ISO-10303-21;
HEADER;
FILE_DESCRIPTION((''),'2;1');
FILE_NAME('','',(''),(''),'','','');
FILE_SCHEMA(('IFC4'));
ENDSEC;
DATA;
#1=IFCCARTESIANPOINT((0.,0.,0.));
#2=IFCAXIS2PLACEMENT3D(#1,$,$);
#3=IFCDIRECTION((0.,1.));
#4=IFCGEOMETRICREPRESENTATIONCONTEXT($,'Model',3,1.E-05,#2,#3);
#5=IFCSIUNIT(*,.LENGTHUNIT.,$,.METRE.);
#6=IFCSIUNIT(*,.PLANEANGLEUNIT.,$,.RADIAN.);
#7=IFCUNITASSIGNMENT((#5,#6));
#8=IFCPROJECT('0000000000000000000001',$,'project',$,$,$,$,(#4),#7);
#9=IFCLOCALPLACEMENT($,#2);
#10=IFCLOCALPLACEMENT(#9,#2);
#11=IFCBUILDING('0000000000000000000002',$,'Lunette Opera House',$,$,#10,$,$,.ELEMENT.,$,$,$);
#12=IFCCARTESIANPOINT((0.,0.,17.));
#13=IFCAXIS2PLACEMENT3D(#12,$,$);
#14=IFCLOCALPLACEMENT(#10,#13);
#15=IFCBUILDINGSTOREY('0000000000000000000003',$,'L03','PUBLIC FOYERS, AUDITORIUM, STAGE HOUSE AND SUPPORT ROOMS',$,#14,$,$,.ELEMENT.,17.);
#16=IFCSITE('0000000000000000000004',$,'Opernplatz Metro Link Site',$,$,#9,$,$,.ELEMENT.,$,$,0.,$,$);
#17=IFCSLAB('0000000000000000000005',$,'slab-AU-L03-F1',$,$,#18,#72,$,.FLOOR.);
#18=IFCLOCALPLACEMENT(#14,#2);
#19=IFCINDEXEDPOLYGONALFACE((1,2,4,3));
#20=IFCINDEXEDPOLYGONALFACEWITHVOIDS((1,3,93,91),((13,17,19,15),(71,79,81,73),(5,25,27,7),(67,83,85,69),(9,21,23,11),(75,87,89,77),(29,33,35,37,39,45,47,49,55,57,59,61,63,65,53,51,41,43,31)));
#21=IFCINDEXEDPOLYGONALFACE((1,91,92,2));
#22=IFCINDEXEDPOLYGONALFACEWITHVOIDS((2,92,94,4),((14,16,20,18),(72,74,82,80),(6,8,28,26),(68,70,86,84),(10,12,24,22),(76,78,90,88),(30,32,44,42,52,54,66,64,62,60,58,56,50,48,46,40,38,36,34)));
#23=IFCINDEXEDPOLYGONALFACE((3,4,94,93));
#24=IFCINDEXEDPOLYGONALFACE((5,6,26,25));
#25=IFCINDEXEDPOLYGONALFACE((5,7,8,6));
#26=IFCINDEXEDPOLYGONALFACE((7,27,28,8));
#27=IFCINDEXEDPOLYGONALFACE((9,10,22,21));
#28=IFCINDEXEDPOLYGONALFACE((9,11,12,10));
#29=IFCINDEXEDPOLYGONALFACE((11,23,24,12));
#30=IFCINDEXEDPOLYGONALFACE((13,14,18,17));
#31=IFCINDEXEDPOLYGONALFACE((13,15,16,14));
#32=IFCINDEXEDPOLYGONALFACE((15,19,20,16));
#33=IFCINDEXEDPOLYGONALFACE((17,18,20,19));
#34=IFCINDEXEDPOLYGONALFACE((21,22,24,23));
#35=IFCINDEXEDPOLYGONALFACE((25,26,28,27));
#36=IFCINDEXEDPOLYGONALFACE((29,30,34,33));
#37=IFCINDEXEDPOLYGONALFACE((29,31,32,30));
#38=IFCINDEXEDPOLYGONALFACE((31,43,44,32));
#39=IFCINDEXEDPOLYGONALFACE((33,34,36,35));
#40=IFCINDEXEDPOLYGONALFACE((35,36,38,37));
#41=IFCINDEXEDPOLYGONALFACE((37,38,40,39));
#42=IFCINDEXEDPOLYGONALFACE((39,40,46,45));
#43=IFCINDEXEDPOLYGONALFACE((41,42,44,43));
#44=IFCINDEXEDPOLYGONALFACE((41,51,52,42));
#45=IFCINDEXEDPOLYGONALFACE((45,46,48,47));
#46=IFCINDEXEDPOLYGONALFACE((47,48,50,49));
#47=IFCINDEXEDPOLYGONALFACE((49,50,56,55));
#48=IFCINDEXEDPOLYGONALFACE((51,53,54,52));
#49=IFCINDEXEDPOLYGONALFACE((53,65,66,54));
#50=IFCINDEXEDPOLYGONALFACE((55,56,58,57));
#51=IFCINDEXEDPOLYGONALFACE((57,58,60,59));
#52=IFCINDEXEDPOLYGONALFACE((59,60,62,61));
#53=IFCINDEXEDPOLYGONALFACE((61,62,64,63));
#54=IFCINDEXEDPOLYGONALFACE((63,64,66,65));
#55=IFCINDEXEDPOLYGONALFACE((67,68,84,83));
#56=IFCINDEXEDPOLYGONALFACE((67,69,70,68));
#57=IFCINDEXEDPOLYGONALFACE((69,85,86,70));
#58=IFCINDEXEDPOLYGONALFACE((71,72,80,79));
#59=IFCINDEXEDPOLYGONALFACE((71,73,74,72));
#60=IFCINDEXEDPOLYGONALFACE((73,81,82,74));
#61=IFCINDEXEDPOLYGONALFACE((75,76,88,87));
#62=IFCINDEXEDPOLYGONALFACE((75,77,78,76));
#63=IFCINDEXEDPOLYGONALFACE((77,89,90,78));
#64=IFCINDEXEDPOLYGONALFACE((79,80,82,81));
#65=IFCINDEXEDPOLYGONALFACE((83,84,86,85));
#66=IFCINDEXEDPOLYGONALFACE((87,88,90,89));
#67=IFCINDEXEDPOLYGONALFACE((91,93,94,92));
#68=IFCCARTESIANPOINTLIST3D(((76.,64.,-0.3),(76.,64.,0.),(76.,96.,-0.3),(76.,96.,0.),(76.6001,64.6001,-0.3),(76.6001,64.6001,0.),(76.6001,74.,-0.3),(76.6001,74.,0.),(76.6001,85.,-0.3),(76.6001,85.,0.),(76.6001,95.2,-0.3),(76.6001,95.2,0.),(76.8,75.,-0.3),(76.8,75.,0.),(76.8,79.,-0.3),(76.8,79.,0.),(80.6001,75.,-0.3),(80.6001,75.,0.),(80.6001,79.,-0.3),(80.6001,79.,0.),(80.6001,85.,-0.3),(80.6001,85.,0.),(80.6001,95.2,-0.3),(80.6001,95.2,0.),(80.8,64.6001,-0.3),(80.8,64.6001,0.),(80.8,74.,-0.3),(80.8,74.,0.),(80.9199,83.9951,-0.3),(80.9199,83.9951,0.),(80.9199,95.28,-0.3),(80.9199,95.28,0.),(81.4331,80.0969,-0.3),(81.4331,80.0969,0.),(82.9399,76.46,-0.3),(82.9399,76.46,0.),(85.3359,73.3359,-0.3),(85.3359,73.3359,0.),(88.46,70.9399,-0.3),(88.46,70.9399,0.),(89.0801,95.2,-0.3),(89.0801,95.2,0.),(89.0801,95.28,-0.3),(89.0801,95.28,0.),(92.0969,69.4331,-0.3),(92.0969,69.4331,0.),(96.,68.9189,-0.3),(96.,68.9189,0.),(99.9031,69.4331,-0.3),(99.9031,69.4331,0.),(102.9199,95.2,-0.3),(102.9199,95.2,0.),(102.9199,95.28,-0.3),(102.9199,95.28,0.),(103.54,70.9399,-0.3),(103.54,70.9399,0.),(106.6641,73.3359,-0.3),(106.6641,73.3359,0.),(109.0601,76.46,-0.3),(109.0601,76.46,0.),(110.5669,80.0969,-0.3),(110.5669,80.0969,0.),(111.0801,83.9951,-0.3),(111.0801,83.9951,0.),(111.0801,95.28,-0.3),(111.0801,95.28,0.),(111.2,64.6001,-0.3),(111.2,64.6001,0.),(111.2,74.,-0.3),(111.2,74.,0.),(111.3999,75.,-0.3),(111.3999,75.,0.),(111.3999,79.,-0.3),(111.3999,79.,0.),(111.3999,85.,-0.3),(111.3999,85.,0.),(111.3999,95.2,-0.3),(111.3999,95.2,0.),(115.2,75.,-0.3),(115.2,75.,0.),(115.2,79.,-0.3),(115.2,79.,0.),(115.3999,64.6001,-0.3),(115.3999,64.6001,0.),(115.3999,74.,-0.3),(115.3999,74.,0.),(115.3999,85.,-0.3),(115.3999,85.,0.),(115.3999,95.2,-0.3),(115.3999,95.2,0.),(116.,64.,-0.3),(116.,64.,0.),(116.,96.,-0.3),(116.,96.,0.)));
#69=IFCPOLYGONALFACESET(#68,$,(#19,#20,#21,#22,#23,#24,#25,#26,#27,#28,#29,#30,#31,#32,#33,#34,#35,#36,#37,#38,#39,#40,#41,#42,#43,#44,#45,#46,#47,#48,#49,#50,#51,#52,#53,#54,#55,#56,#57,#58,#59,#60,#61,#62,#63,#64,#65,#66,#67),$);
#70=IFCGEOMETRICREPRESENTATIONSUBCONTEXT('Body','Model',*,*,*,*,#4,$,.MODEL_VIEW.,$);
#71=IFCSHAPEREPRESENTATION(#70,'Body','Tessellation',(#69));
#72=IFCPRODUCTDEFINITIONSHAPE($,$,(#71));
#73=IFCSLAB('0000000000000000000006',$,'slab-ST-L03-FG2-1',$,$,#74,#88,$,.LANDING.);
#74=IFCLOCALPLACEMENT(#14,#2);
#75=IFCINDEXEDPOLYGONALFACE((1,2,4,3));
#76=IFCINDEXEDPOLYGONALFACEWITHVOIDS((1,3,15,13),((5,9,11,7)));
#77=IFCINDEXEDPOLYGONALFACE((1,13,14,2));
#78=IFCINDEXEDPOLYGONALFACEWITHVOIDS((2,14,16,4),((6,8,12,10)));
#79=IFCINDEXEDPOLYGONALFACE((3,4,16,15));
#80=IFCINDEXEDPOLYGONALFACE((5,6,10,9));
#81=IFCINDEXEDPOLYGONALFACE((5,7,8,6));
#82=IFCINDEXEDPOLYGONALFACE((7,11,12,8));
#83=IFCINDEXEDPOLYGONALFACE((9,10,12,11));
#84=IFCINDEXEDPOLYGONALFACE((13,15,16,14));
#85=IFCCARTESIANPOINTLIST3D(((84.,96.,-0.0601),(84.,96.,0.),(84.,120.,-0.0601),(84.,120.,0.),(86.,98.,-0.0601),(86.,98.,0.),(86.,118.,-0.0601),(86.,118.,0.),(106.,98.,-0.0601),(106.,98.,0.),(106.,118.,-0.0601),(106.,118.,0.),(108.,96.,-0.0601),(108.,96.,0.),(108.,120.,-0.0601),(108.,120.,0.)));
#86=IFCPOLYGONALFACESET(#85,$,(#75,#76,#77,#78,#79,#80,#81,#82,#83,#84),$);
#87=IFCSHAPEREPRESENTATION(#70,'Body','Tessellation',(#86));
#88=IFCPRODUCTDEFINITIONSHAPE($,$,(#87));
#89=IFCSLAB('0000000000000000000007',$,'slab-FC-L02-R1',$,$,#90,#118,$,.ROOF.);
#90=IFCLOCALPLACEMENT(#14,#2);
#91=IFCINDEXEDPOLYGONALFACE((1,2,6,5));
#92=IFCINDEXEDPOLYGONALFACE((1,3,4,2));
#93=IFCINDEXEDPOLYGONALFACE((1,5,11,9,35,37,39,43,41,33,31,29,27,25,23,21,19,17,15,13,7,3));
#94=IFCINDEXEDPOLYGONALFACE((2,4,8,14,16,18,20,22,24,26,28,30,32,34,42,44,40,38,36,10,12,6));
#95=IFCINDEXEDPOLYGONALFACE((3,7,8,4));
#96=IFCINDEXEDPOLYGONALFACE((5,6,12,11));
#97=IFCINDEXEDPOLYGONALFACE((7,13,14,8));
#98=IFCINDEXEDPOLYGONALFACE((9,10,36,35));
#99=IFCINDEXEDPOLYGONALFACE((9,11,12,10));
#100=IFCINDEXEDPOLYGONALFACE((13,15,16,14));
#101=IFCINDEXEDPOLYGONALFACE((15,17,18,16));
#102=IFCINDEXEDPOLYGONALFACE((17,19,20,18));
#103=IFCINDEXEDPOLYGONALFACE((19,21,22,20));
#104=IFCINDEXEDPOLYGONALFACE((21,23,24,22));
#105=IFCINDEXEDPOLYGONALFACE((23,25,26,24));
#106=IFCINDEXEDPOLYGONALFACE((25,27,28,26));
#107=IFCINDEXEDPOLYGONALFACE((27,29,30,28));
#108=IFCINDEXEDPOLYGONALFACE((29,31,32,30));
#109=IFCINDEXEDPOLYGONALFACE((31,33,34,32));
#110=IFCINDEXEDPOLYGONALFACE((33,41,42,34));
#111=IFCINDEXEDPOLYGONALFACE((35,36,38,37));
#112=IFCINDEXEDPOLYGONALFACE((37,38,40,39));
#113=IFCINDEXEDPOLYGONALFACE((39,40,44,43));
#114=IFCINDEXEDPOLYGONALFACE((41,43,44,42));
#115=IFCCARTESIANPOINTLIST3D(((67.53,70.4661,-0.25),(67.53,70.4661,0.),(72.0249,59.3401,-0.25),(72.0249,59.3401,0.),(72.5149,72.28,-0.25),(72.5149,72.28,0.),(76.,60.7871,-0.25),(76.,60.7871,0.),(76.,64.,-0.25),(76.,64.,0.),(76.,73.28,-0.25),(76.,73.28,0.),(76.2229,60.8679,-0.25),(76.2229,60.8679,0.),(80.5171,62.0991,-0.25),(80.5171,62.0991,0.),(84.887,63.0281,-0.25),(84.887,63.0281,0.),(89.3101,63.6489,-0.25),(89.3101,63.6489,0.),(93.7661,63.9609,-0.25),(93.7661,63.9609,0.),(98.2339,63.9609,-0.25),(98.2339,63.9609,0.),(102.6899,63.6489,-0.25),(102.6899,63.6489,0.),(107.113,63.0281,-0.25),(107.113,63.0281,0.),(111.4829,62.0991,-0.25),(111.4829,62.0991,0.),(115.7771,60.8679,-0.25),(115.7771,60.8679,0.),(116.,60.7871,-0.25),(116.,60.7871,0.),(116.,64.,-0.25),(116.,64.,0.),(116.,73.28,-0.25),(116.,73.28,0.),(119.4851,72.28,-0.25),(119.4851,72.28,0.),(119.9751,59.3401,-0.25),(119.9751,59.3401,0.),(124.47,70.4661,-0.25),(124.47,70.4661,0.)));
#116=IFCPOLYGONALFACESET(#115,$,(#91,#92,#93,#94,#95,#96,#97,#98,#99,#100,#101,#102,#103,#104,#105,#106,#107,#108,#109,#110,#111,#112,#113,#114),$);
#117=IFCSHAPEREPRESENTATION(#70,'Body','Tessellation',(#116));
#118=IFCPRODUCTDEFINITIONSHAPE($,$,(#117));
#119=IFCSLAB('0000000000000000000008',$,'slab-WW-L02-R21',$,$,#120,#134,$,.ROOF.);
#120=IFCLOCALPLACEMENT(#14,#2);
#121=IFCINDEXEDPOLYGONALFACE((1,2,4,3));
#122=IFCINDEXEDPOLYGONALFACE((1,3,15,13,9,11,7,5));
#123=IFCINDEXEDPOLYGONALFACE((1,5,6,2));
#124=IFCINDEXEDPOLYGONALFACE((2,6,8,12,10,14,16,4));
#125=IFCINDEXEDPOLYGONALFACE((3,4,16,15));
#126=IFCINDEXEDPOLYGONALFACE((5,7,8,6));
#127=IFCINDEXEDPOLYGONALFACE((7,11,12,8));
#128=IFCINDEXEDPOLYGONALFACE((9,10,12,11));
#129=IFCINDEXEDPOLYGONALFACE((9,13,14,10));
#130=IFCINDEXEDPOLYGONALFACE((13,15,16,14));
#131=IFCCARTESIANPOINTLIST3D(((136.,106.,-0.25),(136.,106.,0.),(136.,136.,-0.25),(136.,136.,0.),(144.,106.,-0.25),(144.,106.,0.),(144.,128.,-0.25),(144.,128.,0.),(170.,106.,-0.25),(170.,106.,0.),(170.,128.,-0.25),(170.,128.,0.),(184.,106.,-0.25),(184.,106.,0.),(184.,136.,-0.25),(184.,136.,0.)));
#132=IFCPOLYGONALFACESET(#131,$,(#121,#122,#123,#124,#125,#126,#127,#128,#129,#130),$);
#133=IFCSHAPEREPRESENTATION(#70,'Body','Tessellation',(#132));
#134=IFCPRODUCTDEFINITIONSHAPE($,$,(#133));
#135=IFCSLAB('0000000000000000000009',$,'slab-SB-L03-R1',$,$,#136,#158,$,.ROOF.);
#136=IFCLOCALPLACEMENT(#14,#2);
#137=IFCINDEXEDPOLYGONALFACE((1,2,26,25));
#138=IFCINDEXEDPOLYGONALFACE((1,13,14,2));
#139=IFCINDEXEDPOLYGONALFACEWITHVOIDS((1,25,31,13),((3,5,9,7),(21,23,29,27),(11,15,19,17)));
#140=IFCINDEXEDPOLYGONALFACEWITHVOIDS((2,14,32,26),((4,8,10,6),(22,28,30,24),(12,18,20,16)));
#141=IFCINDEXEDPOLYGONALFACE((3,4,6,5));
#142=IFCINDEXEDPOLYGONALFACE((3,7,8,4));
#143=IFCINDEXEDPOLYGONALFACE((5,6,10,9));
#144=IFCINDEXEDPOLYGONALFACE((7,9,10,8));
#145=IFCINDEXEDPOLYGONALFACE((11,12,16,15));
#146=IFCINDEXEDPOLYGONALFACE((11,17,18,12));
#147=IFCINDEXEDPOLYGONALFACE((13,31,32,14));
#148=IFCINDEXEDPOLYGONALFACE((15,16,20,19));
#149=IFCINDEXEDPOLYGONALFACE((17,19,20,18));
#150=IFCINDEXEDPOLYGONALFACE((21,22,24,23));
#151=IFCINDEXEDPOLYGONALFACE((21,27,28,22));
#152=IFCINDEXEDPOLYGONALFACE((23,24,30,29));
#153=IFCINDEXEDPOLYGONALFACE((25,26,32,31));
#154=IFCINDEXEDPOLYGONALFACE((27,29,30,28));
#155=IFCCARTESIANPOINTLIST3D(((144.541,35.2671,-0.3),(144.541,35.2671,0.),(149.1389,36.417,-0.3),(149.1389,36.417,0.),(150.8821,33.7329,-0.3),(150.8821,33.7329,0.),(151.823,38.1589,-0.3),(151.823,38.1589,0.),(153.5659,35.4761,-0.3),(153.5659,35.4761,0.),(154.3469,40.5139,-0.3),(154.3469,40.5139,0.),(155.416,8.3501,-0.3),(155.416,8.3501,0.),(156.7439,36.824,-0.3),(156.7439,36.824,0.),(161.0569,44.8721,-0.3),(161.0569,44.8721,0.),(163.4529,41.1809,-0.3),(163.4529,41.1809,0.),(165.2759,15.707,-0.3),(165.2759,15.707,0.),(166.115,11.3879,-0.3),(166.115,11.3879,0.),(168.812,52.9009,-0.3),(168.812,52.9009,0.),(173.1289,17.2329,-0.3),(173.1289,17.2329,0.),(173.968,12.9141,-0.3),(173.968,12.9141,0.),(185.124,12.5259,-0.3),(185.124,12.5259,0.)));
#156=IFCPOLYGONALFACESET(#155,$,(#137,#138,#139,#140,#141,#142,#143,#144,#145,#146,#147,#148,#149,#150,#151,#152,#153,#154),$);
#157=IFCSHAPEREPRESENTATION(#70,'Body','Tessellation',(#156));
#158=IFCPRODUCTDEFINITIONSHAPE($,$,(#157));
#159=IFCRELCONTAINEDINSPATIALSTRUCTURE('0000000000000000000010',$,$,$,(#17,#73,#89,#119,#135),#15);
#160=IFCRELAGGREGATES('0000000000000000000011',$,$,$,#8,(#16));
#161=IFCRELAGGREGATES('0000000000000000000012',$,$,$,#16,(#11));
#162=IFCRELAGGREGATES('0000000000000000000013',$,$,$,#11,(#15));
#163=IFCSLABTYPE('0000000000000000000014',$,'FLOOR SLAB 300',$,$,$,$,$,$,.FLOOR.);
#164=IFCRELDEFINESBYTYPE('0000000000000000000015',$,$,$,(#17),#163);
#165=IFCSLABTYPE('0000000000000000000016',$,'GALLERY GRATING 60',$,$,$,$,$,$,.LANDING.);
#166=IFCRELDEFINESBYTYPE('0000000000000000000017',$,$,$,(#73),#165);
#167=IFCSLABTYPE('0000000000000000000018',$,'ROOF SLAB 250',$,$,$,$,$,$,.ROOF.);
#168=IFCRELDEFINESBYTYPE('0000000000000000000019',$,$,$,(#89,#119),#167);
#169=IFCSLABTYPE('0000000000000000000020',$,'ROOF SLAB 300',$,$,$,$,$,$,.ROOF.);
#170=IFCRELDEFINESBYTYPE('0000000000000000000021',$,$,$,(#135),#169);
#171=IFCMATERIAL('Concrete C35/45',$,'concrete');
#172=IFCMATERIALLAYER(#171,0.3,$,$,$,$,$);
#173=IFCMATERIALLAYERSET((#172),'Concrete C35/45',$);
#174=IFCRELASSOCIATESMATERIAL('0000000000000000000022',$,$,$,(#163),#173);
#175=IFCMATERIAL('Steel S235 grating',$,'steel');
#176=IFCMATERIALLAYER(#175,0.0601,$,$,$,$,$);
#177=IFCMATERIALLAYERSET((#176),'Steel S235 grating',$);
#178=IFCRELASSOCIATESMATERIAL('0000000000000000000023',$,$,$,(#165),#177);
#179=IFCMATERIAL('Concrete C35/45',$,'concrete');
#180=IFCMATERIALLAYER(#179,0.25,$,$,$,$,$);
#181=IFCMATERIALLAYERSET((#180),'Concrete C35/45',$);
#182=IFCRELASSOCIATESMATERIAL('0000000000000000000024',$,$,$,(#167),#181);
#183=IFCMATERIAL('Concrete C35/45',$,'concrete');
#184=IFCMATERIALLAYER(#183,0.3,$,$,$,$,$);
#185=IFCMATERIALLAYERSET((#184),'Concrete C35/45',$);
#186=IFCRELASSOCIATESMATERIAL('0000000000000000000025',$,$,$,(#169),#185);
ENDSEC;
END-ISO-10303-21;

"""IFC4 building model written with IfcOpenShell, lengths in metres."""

from ifc_helpers import new_model, si_unit, direction, frame, origin, place, context, subcontext, project, spatial, polyline, outline, extrude, material, layer, layer_set, type_object, element, save


model = new_model("IFC4")

# Units and contexts
model_context = context("Model", 3, precision=1e-05, world=origin(), true_north=direction((0.0, 1.0)))
body_context = subcontext(model_context, "Body", "Model", "MODEL_VIEW")
ifc_project = project(units=[si_unit("LENGTHUNIT", "METRE"), si_unit("PLANEANGLEUNIT", "RADIAN")], contexts=[model_context])

# Site, building, storey
site_placement = place(None, origin())
site = spatial("IfcSite", under=ifc_project, at=site_placement, Name="Opernplatz Metro Link Site", CompositionType="ELEMENT", RefElevation=0.0)
building_placement = place(site_placement, origin())
building = spatial("IfcBuilding", under=site, at=building_placement, Name="Lunette Opera House", CompositionType="ELEMENT")
storey_placement = place(building_placement, frame((0.0, 0.0, 17.0)))
storey = spatial("IfcBuildingStorey", under=building, at=storey_placement, Name="L03", Description="PUBLIC FOYERS, AUDITORIUM, STAGE HOUSE AND SUPPORT ROOMS", CompositionType="ELEMENT", Elevation=17.0)

# Slabs
ifc_material_1 = material(Name="Concrete C35/45", Category="concrete")
ifc_layer_1 = layer(ifc_material_1, 0.3)
ifc_layer_set_1 = layer_set([ifc_layer_1], Name="Concrete C35/45")
slab_type_1 = type_object("IfcSlabType", Name="FLOOR SLAB 300", PredefinedType="FLOOR", material=ifc_layer_set_1)
slab_1_placement = place(storey_placement, frame((0.0, 0.0, -0.3)))
element("IfcSlab", 1, at=slab_1_placement, inside=storey, type_object=slab_type_1, Name="slab-AU-L03-F1", PredefinedType="FLOOR", context=body_context, shape_type="SweptSolid", body=[
    extrude(outline(polyline([(116.0, 96.0), (76.0, 96.0), (76.0, 64.0), (116.0, 64.0), (116.0, 96.0)]), holes=[polyline([(89.0801, 95.2), (102.9199, 95.2), (102.9199, 95.28), (111.0801, 95.28), (111.0801, 83.9951), (110.5669, 80.0969), (109.0601, 76.46), (106.6641, 73.3359), (103.54, 70.9399), (99.9031, 69.4331), (96.0, 68.9189), (92.0969, 69.4331), (88.46, 70.9399), (85.3359, 73.3359), (82.9399, 76.46), (81.4331, 80.0969), (80.9199, 83.9951), (80.9199, 95.28), (89.0801, 95.28), (89.0801, 95.2)]), polyline([(80.8, 64.6001), (76.6001, 64.6001), (76.6001, 74.0), (80.8, 74.0), (80.8, 64.6001)]), polyline([(111.2, 64.6001), (111.2, 74.0), (115.3999, 74.0), (115.3999, 64.6001), (111.2, 64.6001)]), polyline([(76.8, 75.0), (76.8, 79.0), (80.6001, 79.0), (80.6001, 75.0), (76.8, 75.0)]), polyline([(115.2, 75.0), (111.3999, 75.0), (111.3999, 79.0), (115.2, 79.0), (115.2, 75.0)]), polyline([(76.6001, 85.0), (76.6001, 95.2), (80.6001, 95.2), (80.6001, 85.0), (76.6001, 85.0)]), polyline([(111.3999, 85.0), (111.3999, 95.2), (115.3999, 95.2), (115.3999, 85.0), (111.3999, 85.0)])]), origin(), (0.0, 0.0, 1.0), 0.3),
])
ifc_material_2 = material(Name="Steel S235 grating", Category="steel")
ifc_layer_2 = layer(ifc_material_2, 0.0601)
ifc_layer_set_2 = layer_set([ifc_layer_2], Name="Steel S235 grating")
slab_type_2 = type_object("IfcSlabType", Name="GALLERY GRATING 60", PredefinedType="LANDING", material=ifc_layer_set_2)
slab_2_placement = place(storey_placement, frame((0.0, 0.0, -0.0601)))
element("IfcSlab", 2, at=slab_2_placement, inside=storey, type_object=slab_type_2, Name="slab-ST-L03-FG2-1", PredefinedType="LANDING", context=body_context, shape_type="SweptSolid", body=[
    extrude(outline(polyline([(84.0, 96.0), (108.0, 96.0), (108.0, 120.0), (84.0, 120.0), (84.0, 96.0)]), holes=[polyline([(106.0, 118.0), (106.0, 98.0), (86.0, 98.0), (86.0, 118.0), (106.0, 118.0)])]), origin(), (0.0, 0.0, 1.0), 0.0601),
])
ifc_material_3 = material(Name="Concrete C35/45", Category="concrete")
ifc_layer_3 = layer(ifc_material_3, 0.25)
ifc_layer_set_3 = layer_set([ifc_layer_3], Name="Concrete C35/45")
slab_type_3 = type_object("IfcSlabType", Name="ROOF SLAB 250", PredefinedType="ROOF", material=ifc_layer_set_3)
slab_3_placement = place(storey_placement, frame((0.0, 0.0, -0.25)))
element("IfcSlab", 3, at=slab_3_placement, inside=storey, type_object=slab_type_3, Name="slab-FC-L02-R1", PredefinedType="ROOF", context=body_context, shape_type="SweptSolid", body=[
    extrude(outline(polyline([(72.5149, 72.28), (67.53, 70.4661), (72.0249, 59.3401), (76.0, 60.7871), (76.2229, 60.8679), (80.5171, 62.0991), (84.887, 63.0281), (89.3101, 63.6489), (93.7661, 63.9609), (98.2339, 63.9609), (102.6899, 63.6489), (107.113, 63.0281), (111.4829, 62.0991), (115.7771, 60.8679), (116.0, 60.7871), (119.9751, 59.3401), (124.47, 70.4661), (119.4851, 72.28), (116.0, 73.28), (116.0, 64.0), (76.0, 64.0), (76.0, 73.28), (72.5149, 72.28)])), origin(), (0.0, 0.0, 1.0), 0.25),
])
slab_4_placement = place(storey_placement, frame((0.0, 0.0, -0.25)))
element("IfcSlab", 4, at=slab_4_placement, inside=storey, type_object=slab_type_3, Name="slab-WW-L02-R21", PredefinedType="ROOF", context=body_context, shape_type="SweptSolid", body=[
    extrude(outline(polyline([(184.0, 136.0), (136.0, 136.0), (136.0, 106.0), (144.0, 106.0), (144.0, 128.0), (170.0, 128.0), (170.0, 106.0), (184.0, 106.0), (184.0, 136.0)])), origin(), (0.0, 0.0, 1.0), 0.25),
])
ifc_material_4 = material(Name="Concrete C35/45", Category="concrete")
ifc_layer_4 = layer(ifc_material_4, 0.3)
ifc_layer_set_4 = layer_set([ifc_layer_4], Name="Concrete C35/45")
slab_type_4 = type_object("IfcSlabType", Name="ROOF SLAB 300", PredefinedType="ROOF", material=ifc_layer_set_4)
slab_5_placement = place(storey_placement, frame((0.0, 0.0, -0.3)))
element("IfcSlab", 5, at=slab_5_placement, inside=storey, type_object=slab_type_4, Name="slab-SB-L03-R1", PredefinedType="ROOF", context=body_context, shape_type="SweptSolid", body=[
    extrude(outline(polyline([(185.124, 12.5259), (168.812, 52.9009), (144.541, 35.2671), (155.416, 8.3501), (185.124, 12.5259)]), holes=[polyline([(165.2759, 15.707), (173.1289, 17.2329), (173.968, 12.9141), (166.115, 11.3879), (165.2759, 15.707)]), polyline([(151.823, 38.1589), (153.5659, 35.4761), (150.8821, 33.7329), (149.1389, 36.417), (151.823, 38.1589)]), polyline([(161.0569, 44.8721), (163.4529, 41.1809), (156.7439, 36.824), (154.3469, 40.5139), (161.0569, 44.8721)])]), origin(), (0.0, 0.0, 1.0), 0.3),
])

save(model, "model.ifc")
